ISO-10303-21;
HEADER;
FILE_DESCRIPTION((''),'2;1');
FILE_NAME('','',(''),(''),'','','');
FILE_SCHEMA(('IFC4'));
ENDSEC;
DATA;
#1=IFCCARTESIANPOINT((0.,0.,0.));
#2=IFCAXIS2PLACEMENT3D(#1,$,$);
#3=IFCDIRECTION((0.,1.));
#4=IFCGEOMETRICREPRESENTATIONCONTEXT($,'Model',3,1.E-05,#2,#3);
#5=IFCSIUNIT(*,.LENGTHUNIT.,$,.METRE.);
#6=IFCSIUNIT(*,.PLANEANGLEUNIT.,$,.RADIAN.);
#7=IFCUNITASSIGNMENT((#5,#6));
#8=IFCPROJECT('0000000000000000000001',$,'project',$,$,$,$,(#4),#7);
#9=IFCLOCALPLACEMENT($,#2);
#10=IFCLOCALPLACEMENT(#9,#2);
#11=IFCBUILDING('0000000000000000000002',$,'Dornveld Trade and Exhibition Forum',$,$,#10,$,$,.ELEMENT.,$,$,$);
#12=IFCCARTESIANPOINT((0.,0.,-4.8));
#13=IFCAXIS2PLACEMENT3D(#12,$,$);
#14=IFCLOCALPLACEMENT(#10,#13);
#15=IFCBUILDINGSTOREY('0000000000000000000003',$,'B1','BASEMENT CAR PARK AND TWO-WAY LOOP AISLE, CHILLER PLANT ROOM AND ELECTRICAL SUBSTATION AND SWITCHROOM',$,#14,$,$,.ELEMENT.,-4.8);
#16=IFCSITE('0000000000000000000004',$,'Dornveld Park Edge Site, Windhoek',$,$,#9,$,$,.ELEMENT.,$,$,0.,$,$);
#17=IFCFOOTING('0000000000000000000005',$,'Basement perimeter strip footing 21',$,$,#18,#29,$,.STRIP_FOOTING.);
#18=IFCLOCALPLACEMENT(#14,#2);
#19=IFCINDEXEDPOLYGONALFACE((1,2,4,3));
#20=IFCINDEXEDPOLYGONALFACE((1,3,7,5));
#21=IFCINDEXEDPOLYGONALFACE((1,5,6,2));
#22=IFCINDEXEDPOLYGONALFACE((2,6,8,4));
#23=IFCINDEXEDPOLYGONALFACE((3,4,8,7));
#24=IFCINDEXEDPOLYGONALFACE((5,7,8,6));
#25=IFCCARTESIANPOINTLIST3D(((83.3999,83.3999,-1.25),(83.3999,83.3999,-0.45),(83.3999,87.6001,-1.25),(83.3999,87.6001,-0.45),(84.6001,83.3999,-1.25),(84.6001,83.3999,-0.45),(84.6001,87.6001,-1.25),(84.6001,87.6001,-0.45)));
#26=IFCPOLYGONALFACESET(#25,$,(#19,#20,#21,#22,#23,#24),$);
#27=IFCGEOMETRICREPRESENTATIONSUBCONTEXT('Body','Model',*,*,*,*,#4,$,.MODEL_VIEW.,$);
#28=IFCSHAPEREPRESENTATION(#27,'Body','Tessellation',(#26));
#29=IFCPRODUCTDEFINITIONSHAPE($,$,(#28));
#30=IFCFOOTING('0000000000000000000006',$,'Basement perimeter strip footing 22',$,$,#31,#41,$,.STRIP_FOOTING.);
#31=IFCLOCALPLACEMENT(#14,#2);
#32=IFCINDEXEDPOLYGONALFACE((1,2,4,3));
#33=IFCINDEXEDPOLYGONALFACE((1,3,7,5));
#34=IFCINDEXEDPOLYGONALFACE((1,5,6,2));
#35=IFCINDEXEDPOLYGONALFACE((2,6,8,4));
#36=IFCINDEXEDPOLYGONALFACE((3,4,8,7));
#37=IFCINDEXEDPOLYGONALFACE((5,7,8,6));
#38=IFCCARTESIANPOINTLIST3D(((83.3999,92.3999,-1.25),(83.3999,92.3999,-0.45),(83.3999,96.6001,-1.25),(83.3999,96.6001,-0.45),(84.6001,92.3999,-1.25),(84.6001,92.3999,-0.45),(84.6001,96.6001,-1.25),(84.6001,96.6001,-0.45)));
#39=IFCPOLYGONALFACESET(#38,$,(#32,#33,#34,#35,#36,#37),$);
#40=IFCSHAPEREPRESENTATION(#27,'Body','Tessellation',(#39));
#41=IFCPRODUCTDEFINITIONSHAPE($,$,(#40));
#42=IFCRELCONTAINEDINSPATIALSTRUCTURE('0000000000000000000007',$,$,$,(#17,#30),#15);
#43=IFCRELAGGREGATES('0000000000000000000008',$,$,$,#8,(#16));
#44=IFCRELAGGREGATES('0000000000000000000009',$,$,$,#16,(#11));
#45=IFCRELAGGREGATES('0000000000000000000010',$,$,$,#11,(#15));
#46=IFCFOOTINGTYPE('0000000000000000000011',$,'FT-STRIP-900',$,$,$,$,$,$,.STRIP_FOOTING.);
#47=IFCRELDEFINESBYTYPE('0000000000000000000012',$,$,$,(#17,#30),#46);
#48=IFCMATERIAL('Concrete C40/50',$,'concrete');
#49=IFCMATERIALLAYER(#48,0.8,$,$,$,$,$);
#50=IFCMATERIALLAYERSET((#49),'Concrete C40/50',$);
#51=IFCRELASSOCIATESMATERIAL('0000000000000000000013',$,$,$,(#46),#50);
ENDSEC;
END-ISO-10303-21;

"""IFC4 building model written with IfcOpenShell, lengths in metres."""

from ifc_helpers import new_model, si_unit, direction, frame, origin, place, context, subcontext, project, spatial, polyline, outline, extrude, material, layer, layer_set, type_object, element, save


model = new_model("IFC4")

# Units and contexts
model_context = context("Model", 3, precision=1e-05, world=origin(), true_north=direction((0.0, 1.0)))
body_context = subcontext(model_context, "Body", "Model", "MODEL_VIEW")
ifc_project = project(units=[si_unit("LENGTHUNIT", "METRE"), si_unit("PLANEANGLEUNIT", "RADIAN")], contexts=[model_context])

# Site, building, storey
site_placement = place(None, origin())
site = spatial("IfcSite", under=ifc_project, at=site_placement, Name="Dornveld Park Edge Site, Windhoek", CompositionType="ELEMENT", RefElevation=0.0)
building_placement = place(site_placement, origin())
building = spatial("IfcBuilding", under=site, at=building_placement, Name="Dornveld Trade and Exhibition Forum", CompositionType="ELEMENT")
storey_placement = place(building_placement, frame((0.0, 0.0, -4.8)))
storey = spatial("IfcBuildingStorey", under=building, at=storey_placement, Name="B1", Description="BASEMENT CAR PARK AND TWO-WAY LOOP AISLE, CHILLER PLANT ROOM AND ELECTRICAL SUBSTATION AND SWITCHROOM", CompositionType="ELEMENT", Elevation=-4.8)

# Footings
ifc_material_1 = material(Name="Concrete C40/50", Category="concrete")
ifc_layer_1 = layer(ifc_material_1, 0.8)
ifc_layer_set_1 = layer_set([ifc_layer_1], Name="Concrete C40/50")
footing_type_1 = type_object("IfcFootingType", Name="FT-STRIP-900", PredefinedType="STRIP_FOOTING", material=ifc_layer_set_1)
footing_1_placement = place(storey_placement, frame((0.0, 0.0, -1.25)))
element("IfcFooting", 1, at=footing_1_placement, inside=storey, type_object=footing_type_1, Name="Basement perimeter strip footing 21", PredefinedType="STRIP_FOOTING", context=body_context, shape_type="SweptSolid", body=[
    extrude(outline(polyline([(83.3999, 83.3999), (84.6001, 83.3999), (84.6001, 87.6001), (83.3999, 87.6001), (83.3999, 83.3999)])), origin(), (0.0, 0.0, 1.0), 0.8),
])
footing_2_placement = place(storey_placement, frame((0.0, 0.0, -1.25)))
element("IfcFooting", 2, at=footing_2_placement, inside=storey, type_object=footing_type_1, Name="Basement perimeter strip footing 22", PredefinedType="STRIP_FOOTING", context=body_context, shape_type="SweptSolid", body=[
    extrude(outline(polyline([(83.3999, 92.3999), (84.6001, 92.3999), (84.6001, 96.6001), (83.3999, 96.6001), (83.3999, 92.3999)])), origin(), (0.0, 0.0, 1.0), 0.8),
])

save(model, "model.ifc")
